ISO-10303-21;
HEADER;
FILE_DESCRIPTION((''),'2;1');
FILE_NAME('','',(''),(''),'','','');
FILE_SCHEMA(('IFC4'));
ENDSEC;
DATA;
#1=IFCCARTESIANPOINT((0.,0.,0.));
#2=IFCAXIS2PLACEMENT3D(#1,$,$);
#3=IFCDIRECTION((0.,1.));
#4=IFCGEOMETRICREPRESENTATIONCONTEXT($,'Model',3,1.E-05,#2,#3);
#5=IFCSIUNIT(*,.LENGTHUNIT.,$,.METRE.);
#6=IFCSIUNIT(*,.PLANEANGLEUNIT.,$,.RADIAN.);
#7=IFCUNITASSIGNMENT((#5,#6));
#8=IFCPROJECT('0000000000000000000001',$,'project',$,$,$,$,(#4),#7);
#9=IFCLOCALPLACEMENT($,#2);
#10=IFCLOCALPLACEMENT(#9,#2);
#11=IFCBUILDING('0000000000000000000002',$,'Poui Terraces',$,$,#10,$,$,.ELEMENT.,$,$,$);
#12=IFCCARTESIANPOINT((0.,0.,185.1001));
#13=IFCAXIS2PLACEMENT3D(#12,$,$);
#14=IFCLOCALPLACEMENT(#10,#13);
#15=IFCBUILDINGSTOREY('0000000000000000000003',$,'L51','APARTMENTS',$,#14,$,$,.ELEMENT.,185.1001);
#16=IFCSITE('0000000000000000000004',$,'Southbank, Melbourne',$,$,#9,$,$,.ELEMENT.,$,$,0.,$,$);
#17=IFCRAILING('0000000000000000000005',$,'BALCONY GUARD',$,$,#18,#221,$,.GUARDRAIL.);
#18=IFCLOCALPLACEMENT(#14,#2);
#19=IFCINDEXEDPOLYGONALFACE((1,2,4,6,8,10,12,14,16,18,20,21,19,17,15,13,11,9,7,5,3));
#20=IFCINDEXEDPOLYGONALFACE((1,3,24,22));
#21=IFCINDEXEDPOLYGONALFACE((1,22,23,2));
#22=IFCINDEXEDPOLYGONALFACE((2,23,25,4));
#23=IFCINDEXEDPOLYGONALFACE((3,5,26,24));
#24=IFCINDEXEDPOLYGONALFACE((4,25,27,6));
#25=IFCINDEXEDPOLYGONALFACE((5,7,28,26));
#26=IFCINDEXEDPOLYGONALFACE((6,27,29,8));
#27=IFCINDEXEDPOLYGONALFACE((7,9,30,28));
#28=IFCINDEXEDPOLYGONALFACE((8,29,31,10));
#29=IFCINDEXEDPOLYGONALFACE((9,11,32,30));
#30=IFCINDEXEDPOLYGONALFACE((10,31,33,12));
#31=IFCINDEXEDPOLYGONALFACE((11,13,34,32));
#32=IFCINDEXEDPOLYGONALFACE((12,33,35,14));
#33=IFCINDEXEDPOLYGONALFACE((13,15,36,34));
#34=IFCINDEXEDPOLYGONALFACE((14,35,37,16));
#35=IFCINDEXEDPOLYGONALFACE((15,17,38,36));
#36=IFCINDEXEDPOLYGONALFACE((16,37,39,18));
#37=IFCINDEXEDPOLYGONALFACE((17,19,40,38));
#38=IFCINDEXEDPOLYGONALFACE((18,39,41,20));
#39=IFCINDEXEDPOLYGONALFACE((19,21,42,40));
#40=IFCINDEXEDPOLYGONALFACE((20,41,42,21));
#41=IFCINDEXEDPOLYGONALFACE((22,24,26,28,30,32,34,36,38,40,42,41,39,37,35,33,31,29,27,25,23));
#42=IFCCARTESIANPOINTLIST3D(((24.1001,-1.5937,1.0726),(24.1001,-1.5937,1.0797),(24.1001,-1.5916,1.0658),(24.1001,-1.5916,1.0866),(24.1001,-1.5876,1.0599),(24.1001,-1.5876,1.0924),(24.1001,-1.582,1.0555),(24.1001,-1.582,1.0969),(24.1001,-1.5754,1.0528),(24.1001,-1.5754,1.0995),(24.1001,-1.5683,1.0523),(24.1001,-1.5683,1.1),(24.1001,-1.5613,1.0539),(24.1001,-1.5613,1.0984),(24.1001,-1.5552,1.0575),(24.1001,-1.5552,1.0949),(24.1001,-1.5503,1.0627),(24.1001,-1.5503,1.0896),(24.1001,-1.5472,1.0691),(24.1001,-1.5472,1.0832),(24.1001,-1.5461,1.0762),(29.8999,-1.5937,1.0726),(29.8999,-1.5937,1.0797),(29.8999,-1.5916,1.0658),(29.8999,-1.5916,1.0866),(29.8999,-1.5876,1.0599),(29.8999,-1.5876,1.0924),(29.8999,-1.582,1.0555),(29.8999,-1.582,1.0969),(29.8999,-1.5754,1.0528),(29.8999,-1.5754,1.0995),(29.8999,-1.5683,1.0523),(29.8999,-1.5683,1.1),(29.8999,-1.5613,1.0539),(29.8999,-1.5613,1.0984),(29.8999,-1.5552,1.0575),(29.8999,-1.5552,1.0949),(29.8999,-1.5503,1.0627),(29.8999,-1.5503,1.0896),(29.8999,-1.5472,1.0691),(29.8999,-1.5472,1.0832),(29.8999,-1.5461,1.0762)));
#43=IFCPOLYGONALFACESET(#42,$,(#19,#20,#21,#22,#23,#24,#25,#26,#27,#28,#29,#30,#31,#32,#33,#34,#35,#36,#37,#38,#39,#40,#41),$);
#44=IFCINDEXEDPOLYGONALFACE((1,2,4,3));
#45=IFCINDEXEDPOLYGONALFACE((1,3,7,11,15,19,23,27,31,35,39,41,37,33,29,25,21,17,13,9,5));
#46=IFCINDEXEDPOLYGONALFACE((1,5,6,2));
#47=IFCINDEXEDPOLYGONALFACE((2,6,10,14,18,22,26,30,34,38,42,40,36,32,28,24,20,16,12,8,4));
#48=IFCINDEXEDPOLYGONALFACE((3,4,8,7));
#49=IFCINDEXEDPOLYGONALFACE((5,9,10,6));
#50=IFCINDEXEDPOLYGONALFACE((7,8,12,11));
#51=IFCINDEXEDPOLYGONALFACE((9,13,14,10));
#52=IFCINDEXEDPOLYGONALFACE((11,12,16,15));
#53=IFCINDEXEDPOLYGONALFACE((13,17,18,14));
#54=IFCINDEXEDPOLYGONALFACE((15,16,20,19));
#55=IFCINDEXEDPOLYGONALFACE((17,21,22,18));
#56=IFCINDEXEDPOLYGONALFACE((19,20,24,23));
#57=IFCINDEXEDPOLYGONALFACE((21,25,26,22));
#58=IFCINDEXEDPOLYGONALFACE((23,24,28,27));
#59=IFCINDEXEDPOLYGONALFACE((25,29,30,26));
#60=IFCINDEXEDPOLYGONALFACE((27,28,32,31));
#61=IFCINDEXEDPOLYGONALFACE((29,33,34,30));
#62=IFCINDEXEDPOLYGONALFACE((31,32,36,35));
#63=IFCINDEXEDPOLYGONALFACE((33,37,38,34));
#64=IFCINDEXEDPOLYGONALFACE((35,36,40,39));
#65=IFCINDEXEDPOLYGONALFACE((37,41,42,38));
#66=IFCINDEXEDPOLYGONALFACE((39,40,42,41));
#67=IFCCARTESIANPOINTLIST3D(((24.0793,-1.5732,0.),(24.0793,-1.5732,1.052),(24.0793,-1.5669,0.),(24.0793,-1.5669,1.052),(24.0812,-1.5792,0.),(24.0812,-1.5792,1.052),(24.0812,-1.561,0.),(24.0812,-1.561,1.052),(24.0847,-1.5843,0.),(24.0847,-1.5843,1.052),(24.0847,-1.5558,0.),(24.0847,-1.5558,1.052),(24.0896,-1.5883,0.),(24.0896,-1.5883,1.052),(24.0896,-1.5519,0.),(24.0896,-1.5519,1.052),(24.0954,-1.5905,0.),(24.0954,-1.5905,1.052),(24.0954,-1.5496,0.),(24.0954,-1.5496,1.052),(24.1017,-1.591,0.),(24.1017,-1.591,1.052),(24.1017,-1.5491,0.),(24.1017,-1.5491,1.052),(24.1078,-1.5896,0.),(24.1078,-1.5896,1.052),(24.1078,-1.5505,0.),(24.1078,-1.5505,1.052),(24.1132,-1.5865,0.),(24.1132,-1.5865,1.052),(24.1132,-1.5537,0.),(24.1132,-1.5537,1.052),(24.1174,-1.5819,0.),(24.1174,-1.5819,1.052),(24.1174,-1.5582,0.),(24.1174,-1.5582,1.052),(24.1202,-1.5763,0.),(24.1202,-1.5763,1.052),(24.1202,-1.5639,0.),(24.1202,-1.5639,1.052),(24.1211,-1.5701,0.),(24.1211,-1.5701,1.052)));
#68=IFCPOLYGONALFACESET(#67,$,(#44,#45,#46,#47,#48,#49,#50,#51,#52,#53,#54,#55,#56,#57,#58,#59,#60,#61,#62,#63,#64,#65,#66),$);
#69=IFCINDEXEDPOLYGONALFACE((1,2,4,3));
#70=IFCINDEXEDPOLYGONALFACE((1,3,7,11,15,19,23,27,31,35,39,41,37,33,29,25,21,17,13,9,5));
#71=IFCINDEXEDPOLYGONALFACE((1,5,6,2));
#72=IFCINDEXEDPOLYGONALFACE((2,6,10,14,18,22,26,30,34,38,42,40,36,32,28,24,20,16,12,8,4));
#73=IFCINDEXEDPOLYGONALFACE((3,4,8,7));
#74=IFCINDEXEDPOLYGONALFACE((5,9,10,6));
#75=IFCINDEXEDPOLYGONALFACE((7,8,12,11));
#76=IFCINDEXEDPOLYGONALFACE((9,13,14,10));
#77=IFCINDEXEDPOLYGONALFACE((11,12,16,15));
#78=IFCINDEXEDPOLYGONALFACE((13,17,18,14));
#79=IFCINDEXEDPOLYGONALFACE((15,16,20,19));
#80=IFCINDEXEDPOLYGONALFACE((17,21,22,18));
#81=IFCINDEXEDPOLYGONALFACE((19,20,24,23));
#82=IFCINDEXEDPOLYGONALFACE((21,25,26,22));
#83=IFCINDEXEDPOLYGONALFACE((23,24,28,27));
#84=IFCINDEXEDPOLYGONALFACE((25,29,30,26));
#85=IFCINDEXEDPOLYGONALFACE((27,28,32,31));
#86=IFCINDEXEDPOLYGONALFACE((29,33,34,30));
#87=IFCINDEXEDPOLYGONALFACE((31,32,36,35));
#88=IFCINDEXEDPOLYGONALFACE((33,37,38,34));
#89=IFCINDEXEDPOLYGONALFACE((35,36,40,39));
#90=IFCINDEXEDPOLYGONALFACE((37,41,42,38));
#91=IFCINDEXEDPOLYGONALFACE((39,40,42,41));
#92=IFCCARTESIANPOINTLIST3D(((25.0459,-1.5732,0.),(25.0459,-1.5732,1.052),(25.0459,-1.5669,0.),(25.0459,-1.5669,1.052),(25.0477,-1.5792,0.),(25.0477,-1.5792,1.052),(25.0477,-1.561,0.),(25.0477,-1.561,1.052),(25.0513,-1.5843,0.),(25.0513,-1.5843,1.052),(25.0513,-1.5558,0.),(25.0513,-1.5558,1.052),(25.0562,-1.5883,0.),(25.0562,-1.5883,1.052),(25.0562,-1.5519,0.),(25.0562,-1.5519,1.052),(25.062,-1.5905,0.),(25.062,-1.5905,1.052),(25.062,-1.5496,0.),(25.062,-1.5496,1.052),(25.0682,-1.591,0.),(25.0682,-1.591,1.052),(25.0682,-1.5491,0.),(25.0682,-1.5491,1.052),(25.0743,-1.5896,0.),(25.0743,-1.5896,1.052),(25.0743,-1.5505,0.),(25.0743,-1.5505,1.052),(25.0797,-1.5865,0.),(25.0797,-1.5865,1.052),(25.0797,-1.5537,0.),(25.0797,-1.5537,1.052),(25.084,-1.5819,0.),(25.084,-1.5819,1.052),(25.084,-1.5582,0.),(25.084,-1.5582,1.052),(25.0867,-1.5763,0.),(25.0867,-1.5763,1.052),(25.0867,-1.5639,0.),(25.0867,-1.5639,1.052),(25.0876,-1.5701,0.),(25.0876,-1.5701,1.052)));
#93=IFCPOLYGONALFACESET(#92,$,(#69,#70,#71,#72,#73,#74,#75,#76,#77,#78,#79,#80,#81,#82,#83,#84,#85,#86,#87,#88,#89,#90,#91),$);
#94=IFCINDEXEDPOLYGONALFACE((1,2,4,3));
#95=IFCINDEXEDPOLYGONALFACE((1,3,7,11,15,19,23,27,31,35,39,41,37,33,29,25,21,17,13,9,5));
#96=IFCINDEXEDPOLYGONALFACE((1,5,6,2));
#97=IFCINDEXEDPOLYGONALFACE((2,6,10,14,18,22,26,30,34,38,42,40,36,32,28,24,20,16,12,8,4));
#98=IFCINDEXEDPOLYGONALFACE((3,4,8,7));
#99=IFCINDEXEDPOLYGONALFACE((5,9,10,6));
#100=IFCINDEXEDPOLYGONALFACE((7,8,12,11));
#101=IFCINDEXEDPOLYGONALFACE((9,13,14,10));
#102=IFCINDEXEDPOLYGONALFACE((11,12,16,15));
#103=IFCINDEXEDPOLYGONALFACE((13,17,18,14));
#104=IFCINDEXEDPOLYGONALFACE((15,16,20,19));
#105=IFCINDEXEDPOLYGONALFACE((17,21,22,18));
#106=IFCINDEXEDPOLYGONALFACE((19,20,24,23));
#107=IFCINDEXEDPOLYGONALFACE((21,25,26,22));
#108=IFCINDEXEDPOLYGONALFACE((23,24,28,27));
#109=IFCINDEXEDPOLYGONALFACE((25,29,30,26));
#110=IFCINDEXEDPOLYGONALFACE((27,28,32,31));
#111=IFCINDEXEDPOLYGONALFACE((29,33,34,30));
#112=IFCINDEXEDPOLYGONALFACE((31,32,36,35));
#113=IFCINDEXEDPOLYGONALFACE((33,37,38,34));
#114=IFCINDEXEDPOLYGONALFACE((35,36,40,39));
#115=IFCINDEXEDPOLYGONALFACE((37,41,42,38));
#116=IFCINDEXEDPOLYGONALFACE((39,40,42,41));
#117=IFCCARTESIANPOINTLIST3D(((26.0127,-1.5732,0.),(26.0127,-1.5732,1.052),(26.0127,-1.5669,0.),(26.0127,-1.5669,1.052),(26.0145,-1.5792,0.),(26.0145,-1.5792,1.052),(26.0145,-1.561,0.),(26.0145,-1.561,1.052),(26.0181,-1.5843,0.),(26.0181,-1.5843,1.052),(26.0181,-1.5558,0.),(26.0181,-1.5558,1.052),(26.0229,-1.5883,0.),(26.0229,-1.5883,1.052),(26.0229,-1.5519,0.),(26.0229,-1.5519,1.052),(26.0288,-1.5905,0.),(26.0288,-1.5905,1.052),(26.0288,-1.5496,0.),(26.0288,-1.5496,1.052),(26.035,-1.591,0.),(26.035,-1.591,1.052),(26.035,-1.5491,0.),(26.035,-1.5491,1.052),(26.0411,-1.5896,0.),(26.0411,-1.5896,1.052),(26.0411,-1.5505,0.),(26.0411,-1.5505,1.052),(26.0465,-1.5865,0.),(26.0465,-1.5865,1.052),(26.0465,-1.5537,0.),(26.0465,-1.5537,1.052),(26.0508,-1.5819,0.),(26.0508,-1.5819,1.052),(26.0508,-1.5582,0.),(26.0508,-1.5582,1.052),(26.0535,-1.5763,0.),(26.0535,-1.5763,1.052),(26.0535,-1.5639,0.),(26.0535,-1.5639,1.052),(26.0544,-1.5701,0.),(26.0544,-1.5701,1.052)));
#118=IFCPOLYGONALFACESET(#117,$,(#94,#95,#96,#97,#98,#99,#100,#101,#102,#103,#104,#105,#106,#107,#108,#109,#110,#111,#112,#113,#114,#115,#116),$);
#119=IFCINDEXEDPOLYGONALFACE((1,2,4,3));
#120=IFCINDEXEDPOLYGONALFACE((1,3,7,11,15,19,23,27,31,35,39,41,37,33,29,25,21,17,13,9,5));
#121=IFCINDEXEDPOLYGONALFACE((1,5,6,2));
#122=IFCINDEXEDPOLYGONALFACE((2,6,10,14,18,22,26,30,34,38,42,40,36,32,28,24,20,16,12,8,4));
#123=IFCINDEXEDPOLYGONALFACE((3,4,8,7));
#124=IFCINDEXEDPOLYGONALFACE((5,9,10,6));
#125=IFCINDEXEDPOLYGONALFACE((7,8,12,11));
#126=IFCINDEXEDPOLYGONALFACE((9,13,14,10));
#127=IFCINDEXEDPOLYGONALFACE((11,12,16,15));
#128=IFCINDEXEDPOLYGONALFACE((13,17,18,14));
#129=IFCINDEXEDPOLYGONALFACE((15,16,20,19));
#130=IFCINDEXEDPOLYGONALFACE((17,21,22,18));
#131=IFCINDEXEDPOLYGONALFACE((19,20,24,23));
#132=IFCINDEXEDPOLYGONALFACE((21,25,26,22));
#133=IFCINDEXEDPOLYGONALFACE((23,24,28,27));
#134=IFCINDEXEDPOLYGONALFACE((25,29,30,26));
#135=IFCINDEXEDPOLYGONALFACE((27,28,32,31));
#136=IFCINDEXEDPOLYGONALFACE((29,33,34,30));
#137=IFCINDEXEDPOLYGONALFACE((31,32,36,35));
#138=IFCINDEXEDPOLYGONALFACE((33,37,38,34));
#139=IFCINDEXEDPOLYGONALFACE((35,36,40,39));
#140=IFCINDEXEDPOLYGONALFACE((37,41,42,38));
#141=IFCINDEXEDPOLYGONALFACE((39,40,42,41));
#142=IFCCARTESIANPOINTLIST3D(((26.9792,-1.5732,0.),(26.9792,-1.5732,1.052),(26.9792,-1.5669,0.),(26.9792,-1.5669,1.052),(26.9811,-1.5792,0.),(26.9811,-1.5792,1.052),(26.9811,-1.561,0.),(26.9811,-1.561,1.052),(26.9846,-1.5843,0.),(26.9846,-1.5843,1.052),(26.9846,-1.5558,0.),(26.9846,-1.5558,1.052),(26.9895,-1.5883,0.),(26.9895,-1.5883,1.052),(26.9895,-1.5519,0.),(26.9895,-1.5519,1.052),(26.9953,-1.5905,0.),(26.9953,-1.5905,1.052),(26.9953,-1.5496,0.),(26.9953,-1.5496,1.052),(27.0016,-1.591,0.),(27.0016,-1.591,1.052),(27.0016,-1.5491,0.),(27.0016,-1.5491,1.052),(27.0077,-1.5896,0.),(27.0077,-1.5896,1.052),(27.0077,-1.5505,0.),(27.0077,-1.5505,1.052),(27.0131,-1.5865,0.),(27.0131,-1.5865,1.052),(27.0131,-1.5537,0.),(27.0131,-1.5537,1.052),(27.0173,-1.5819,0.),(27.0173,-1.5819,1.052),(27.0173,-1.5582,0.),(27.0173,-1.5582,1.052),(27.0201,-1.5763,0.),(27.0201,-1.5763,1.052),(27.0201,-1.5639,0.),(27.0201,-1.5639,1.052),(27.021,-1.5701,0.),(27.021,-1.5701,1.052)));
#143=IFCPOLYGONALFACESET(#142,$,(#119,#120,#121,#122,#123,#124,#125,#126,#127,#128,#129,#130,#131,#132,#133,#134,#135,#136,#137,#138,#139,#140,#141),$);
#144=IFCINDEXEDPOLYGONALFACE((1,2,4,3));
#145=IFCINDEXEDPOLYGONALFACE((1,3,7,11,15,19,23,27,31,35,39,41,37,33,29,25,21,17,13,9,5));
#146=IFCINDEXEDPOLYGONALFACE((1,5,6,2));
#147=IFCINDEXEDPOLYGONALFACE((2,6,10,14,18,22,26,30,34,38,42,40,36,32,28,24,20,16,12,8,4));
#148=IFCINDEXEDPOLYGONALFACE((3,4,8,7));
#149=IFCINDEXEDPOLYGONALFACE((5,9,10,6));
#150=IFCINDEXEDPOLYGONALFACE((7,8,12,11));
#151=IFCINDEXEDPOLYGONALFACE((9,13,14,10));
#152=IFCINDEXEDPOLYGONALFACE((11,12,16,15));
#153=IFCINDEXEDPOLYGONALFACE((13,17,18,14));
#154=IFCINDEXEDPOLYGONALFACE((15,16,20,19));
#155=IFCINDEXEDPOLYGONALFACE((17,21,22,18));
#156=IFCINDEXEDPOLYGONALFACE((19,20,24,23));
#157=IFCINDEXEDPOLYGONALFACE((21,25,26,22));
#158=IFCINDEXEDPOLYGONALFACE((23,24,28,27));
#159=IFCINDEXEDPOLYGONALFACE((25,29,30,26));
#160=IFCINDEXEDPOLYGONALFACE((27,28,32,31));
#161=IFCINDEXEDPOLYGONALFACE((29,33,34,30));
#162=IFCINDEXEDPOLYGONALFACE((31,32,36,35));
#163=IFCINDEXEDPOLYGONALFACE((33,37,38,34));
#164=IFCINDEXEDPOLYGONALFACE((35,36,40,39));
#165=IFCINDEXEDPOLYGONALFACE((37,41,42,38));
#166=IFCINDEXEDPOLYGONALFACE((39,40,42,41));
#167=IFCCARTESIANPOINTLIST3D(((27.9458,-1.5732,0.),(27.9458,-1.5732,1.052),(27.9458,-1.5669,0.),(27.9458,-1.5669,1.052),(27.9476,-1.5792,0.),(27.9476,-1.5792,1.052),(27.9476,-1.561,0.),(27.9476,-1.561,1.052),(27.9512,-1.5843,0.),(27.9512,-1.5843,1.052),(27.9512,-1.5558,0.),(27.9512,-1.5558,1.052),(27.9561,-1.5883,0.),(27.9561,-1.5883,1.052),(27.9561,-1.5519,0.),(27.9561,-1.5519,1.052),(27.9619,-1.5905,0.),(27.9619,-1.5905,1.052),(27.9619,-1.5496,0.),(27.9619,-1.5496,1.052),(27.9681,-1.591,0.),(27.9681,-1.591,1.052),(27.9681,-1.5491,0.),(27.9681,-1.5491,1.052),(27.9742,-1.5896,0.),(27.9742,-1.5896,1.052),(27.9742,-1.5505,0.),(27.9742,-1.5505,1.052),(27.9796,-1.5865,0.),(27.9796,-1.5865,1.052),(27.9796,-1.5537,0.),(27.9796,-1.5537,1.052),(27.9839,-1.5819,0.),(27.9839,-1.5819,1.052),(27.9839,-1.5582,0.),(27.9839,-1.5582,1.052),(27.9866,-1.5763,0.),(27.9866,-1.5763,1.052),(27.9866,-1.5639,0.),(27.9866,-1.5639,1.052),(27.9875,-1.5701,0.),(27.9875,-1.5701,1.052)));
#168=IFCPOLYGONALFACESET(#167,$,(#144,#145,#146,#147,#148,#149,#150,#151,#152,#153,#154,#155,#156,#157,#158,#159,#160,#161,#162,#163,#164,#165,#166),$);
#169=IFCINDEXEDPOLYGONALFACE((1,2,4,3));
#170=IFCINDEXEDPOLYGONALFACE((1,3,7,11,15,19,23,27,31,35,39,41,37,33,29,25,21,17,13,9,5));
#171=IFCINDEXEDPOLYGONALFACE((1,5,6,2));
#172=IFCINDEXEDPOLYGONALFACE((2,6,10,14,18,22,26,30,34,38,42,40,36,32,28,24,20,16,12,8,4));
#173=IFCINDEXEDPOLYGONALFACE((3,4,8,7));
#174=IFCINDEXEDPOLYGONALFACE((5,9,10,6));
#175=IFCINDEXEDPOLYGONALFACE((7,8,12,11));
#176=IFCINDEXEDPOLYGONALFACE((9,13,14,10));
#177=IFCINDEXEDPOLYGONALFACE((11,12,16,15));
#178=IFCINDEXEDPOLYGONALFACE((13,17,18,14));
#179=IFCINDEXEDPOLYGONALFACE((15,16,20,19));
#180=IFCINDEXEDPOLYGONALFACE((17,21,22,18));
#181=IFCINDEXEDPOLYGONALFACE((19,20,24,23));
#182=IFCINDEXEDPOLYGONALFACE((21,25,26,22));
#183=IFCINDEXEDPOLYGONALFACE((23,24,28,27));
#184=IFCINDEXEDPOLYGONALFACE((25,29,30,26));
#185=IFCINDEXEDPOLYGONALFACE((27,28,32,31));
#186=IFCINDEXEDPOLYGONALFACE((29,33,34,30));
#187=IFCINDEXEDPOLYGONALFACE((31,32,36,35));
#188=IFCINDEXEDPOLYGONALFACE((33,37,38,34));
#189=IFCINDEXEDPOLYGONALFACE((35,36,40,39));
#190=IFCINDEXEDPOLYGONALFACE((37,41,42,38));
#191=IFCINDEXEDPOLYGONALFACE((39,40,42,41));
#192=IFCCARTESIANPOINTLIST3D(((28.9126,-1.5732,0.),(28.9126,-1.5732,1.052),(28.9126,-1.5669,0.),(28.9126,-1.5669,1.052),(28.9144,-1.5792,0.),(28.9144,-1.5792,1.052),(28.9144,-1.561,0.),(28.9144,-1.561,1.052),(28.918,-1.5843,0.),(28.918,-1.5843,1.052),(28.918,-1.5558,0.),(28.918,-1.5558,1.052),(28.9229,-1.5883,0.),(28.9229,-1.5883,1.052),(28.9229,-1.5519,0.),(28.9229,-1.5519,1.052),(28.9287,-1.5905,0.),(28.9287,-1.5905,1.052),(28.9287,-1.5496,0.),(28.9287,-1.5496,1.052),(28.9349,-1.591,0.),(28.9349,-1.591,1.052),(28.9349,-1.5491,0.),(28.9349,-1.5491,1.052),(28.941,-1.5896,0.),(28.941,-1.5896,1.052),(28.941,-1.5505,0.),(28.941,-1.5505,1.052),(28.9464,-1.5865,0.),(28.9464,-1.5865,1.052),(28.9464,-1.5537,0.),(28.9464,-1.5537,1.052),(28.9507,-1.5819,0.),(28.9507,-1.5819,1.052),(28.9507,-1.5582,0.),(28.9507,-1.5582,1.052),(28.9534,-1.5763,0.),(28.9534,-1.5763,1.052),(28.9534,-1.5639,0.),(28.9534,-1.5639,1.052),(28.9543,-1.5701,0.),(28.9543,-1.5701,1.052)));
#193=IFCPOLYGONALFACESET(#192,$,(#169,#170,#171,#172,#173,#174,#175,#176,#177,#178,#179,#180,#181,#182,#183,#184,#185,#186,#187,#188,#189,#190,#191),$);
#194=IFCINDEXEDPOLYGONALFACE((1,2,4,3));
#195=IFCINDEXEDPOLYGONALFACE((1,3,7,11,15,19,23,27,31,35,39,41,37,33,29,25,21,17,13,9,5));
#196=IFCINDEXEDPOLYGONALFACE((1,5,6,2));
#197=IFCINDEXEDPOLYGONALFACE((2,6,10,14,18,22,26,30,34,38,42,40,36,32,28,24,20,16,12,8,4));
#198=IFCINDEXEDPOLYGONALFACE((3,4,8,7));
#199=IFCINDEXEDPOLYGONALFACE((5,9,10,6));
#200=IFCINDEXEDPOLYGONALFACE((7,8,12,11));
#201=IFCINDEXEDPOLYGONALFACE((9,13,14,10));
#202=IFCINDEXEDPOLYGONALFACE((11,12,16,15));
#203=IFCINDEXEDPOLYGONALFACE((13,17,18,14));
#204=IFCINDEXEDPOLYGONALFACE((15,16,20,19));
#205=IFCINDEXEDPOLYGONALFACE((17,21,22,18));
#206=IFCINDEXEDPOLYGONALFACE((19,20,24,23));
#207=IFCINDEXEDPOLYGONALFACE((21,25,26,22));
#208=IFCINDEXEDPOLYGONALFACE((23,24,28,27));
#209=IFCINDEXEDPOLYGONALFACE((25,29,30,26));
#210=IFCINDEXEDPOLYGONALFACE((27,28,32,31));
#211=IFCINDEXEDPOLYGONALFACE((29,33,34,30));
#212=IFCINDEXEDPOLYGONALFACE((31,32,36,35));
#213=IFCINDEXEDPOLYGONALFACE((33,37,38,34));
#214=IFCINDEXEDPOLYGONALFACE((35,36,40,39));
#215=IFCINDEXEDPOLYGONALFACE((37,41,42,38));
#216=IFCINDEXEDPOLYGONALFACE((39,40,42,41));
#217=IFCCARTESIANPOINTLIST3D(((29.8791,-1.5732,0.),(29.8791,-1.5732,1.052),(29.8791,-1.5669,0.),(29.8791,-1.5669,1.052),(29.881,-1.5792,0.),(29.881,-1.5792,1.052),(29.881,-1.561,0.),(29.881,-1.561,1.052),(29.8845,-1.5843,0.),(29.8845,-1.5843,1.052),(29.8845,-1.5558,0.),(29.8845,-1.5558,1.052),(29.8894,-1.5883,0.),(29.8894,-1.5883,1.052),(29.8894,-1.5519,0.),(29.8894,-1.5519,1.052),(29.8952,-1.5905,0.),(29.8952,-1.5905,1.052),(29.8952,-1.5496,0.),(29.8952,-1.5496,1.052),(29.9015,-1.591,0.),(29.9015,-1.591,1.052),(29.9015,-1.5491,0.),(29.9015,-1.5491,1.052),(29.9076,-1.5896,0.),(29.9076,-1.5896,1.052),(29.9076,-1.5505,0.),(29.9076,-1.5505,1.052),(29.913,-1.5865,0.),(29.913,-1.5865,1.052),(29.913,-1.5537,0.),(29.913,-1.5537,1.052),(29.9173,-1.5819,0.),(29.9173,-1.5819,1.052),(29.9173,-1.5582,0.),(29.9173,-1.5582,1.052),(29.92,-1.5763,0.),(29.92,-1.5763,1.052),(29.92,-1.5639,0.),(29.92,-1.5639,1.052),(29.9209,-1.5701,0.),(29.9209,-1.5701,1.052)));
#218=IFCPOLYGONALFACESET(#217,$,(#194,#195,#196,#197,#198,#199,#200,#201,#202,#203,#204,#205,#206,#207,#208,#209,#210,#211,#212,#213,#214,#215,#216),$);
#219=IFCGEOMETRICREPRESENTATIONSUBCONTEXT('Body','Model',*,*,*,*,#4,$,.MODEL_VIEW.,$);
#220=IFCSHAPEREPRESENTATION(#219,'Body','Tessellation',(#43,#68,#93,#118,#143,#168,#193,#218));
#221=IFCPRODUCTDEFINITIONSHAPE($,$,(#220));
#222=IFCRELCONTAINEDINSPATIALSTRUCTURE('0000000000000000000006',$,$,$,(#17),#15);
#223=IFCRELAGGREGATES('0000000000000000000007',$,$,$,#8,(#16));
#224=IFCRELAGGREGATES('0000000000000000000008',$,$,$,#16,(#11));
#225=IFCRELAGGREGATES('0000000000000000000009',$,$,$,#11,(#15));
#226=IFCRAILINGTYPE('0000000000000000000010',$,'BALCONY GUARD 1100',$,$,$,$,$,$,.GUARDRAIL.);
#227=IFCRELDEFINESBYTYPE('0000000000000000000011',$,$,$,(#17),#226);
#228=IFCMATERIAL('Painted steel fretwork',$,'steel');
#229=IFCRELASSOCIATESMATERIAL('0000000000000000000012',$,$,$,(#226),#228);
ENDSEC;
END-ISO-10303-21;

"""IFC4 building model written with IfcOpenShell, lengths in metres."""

from ifc_helpers import new_model, si_unit, direction, frame, origin, origin_2d, place, context, subcontext, project, spatial, circle, extrude, material, type_object, element, save


model = new_model("IFC4")

# Units and contexts
model_context = context("Model", 3, precision=1e-05, world=origin(), true_north=direction((0.0, 1.0)))
body_context = subcontext(model_context, "Body", "Model", "MODEL_VIEW")
ifc_project = project(units=[si_unit("LENGTHUNIT", "METRE"), si_unit("PLANEANGLEUNIT", "RADIAN")], contexts=[model_context])

# Site, building, storey
site_placement = place(None, origin())
site = spatial("IfcSite", under=ifc_project, at=site_placement, Name="Southbank, Melbourne", CompositionType="ELEMENT", RefElevation=0.0)
building_placement = place(site_placement, origin())
building = spatial("IfcBuilding", under=site, at=building_placement, Name="Poui Terraces", CompositionType="ELEMENT")
storey_placement = place(building_placement, frame((0.0, 0.0, 185.1001)))
storey = spatial("IfcBuildingStorey", under=building, at=storey_placement, Name="L51", Description="APARTMENTS", CompositionType="ELEMENT", Elevation=185.1001)

# Railing
ifc_material_1 = material(Name="Painted steel fretwork", Category="steel")
railing_type = type_object("IfcRailingType", Name="BALCONY GUARD 1100", PredefinedType="GUARDRAIL", material=ifc_material_1)
railing_placement = place(storey_placement, frame((24.1001, -1.5701, 0.0)))
element("IfcRailing", 1, at=railing_placement, inside=storey, type_object=railing_type, Name="BALCONY GUARD", PredefinedType="GUARDRAIL", context=body_context, shape_type="SweptSolid", body=[
    extrude(circle(Radius=0.0239, at=origin_2d()), frame((0.0, 0.0, 1.0762), z_axis=(1.0, 0.0, 0.0), x_axis=(0.0, 1.0, 0.0)), (0.0, 0.0, 1.0), 5.7998),
    extrude(circle(Radius=0.021, at=origin_2d()), origin(), (0.0, 0.0, 1.0), 1.052),
    extrude(circle(Radius=0.021, at=origin_2d()), frame((0.9666, 0.0, 0.0)), (0.0, 0.0, 1.0), 1.052),
    extrude(circle(Radius=0.021, at=origin_2d()), frame((1.9333, 0.0, 0.0)), (0.0, 0.0, 1.0), 1.052),
    extrude(circle(Radius=0.021, at=origin_2d()), frame((2.8999, 0.0, 0.0)), (0.0, 0.0, 1.0), 1.052),
    extrude(circle(Radius=0.021, at=origin_2d()), frame((3.8665, 0.0, 0.0)), (0.0, 0.0, 1.0), 1.052),
    extrude(circle(Radius=0.021, at=origin_2d()), frame((4.8333, 0.0, 0.0)), (0.0, 0.0, 1.0), 1.052),
    extrude(circle(Radius=0.021, at=origin_2d()), frame((5.7998, 0.0, 0.0)), (0.0, 0.0, 1.0), 1.052),
])

save(model, "model.ifc")
